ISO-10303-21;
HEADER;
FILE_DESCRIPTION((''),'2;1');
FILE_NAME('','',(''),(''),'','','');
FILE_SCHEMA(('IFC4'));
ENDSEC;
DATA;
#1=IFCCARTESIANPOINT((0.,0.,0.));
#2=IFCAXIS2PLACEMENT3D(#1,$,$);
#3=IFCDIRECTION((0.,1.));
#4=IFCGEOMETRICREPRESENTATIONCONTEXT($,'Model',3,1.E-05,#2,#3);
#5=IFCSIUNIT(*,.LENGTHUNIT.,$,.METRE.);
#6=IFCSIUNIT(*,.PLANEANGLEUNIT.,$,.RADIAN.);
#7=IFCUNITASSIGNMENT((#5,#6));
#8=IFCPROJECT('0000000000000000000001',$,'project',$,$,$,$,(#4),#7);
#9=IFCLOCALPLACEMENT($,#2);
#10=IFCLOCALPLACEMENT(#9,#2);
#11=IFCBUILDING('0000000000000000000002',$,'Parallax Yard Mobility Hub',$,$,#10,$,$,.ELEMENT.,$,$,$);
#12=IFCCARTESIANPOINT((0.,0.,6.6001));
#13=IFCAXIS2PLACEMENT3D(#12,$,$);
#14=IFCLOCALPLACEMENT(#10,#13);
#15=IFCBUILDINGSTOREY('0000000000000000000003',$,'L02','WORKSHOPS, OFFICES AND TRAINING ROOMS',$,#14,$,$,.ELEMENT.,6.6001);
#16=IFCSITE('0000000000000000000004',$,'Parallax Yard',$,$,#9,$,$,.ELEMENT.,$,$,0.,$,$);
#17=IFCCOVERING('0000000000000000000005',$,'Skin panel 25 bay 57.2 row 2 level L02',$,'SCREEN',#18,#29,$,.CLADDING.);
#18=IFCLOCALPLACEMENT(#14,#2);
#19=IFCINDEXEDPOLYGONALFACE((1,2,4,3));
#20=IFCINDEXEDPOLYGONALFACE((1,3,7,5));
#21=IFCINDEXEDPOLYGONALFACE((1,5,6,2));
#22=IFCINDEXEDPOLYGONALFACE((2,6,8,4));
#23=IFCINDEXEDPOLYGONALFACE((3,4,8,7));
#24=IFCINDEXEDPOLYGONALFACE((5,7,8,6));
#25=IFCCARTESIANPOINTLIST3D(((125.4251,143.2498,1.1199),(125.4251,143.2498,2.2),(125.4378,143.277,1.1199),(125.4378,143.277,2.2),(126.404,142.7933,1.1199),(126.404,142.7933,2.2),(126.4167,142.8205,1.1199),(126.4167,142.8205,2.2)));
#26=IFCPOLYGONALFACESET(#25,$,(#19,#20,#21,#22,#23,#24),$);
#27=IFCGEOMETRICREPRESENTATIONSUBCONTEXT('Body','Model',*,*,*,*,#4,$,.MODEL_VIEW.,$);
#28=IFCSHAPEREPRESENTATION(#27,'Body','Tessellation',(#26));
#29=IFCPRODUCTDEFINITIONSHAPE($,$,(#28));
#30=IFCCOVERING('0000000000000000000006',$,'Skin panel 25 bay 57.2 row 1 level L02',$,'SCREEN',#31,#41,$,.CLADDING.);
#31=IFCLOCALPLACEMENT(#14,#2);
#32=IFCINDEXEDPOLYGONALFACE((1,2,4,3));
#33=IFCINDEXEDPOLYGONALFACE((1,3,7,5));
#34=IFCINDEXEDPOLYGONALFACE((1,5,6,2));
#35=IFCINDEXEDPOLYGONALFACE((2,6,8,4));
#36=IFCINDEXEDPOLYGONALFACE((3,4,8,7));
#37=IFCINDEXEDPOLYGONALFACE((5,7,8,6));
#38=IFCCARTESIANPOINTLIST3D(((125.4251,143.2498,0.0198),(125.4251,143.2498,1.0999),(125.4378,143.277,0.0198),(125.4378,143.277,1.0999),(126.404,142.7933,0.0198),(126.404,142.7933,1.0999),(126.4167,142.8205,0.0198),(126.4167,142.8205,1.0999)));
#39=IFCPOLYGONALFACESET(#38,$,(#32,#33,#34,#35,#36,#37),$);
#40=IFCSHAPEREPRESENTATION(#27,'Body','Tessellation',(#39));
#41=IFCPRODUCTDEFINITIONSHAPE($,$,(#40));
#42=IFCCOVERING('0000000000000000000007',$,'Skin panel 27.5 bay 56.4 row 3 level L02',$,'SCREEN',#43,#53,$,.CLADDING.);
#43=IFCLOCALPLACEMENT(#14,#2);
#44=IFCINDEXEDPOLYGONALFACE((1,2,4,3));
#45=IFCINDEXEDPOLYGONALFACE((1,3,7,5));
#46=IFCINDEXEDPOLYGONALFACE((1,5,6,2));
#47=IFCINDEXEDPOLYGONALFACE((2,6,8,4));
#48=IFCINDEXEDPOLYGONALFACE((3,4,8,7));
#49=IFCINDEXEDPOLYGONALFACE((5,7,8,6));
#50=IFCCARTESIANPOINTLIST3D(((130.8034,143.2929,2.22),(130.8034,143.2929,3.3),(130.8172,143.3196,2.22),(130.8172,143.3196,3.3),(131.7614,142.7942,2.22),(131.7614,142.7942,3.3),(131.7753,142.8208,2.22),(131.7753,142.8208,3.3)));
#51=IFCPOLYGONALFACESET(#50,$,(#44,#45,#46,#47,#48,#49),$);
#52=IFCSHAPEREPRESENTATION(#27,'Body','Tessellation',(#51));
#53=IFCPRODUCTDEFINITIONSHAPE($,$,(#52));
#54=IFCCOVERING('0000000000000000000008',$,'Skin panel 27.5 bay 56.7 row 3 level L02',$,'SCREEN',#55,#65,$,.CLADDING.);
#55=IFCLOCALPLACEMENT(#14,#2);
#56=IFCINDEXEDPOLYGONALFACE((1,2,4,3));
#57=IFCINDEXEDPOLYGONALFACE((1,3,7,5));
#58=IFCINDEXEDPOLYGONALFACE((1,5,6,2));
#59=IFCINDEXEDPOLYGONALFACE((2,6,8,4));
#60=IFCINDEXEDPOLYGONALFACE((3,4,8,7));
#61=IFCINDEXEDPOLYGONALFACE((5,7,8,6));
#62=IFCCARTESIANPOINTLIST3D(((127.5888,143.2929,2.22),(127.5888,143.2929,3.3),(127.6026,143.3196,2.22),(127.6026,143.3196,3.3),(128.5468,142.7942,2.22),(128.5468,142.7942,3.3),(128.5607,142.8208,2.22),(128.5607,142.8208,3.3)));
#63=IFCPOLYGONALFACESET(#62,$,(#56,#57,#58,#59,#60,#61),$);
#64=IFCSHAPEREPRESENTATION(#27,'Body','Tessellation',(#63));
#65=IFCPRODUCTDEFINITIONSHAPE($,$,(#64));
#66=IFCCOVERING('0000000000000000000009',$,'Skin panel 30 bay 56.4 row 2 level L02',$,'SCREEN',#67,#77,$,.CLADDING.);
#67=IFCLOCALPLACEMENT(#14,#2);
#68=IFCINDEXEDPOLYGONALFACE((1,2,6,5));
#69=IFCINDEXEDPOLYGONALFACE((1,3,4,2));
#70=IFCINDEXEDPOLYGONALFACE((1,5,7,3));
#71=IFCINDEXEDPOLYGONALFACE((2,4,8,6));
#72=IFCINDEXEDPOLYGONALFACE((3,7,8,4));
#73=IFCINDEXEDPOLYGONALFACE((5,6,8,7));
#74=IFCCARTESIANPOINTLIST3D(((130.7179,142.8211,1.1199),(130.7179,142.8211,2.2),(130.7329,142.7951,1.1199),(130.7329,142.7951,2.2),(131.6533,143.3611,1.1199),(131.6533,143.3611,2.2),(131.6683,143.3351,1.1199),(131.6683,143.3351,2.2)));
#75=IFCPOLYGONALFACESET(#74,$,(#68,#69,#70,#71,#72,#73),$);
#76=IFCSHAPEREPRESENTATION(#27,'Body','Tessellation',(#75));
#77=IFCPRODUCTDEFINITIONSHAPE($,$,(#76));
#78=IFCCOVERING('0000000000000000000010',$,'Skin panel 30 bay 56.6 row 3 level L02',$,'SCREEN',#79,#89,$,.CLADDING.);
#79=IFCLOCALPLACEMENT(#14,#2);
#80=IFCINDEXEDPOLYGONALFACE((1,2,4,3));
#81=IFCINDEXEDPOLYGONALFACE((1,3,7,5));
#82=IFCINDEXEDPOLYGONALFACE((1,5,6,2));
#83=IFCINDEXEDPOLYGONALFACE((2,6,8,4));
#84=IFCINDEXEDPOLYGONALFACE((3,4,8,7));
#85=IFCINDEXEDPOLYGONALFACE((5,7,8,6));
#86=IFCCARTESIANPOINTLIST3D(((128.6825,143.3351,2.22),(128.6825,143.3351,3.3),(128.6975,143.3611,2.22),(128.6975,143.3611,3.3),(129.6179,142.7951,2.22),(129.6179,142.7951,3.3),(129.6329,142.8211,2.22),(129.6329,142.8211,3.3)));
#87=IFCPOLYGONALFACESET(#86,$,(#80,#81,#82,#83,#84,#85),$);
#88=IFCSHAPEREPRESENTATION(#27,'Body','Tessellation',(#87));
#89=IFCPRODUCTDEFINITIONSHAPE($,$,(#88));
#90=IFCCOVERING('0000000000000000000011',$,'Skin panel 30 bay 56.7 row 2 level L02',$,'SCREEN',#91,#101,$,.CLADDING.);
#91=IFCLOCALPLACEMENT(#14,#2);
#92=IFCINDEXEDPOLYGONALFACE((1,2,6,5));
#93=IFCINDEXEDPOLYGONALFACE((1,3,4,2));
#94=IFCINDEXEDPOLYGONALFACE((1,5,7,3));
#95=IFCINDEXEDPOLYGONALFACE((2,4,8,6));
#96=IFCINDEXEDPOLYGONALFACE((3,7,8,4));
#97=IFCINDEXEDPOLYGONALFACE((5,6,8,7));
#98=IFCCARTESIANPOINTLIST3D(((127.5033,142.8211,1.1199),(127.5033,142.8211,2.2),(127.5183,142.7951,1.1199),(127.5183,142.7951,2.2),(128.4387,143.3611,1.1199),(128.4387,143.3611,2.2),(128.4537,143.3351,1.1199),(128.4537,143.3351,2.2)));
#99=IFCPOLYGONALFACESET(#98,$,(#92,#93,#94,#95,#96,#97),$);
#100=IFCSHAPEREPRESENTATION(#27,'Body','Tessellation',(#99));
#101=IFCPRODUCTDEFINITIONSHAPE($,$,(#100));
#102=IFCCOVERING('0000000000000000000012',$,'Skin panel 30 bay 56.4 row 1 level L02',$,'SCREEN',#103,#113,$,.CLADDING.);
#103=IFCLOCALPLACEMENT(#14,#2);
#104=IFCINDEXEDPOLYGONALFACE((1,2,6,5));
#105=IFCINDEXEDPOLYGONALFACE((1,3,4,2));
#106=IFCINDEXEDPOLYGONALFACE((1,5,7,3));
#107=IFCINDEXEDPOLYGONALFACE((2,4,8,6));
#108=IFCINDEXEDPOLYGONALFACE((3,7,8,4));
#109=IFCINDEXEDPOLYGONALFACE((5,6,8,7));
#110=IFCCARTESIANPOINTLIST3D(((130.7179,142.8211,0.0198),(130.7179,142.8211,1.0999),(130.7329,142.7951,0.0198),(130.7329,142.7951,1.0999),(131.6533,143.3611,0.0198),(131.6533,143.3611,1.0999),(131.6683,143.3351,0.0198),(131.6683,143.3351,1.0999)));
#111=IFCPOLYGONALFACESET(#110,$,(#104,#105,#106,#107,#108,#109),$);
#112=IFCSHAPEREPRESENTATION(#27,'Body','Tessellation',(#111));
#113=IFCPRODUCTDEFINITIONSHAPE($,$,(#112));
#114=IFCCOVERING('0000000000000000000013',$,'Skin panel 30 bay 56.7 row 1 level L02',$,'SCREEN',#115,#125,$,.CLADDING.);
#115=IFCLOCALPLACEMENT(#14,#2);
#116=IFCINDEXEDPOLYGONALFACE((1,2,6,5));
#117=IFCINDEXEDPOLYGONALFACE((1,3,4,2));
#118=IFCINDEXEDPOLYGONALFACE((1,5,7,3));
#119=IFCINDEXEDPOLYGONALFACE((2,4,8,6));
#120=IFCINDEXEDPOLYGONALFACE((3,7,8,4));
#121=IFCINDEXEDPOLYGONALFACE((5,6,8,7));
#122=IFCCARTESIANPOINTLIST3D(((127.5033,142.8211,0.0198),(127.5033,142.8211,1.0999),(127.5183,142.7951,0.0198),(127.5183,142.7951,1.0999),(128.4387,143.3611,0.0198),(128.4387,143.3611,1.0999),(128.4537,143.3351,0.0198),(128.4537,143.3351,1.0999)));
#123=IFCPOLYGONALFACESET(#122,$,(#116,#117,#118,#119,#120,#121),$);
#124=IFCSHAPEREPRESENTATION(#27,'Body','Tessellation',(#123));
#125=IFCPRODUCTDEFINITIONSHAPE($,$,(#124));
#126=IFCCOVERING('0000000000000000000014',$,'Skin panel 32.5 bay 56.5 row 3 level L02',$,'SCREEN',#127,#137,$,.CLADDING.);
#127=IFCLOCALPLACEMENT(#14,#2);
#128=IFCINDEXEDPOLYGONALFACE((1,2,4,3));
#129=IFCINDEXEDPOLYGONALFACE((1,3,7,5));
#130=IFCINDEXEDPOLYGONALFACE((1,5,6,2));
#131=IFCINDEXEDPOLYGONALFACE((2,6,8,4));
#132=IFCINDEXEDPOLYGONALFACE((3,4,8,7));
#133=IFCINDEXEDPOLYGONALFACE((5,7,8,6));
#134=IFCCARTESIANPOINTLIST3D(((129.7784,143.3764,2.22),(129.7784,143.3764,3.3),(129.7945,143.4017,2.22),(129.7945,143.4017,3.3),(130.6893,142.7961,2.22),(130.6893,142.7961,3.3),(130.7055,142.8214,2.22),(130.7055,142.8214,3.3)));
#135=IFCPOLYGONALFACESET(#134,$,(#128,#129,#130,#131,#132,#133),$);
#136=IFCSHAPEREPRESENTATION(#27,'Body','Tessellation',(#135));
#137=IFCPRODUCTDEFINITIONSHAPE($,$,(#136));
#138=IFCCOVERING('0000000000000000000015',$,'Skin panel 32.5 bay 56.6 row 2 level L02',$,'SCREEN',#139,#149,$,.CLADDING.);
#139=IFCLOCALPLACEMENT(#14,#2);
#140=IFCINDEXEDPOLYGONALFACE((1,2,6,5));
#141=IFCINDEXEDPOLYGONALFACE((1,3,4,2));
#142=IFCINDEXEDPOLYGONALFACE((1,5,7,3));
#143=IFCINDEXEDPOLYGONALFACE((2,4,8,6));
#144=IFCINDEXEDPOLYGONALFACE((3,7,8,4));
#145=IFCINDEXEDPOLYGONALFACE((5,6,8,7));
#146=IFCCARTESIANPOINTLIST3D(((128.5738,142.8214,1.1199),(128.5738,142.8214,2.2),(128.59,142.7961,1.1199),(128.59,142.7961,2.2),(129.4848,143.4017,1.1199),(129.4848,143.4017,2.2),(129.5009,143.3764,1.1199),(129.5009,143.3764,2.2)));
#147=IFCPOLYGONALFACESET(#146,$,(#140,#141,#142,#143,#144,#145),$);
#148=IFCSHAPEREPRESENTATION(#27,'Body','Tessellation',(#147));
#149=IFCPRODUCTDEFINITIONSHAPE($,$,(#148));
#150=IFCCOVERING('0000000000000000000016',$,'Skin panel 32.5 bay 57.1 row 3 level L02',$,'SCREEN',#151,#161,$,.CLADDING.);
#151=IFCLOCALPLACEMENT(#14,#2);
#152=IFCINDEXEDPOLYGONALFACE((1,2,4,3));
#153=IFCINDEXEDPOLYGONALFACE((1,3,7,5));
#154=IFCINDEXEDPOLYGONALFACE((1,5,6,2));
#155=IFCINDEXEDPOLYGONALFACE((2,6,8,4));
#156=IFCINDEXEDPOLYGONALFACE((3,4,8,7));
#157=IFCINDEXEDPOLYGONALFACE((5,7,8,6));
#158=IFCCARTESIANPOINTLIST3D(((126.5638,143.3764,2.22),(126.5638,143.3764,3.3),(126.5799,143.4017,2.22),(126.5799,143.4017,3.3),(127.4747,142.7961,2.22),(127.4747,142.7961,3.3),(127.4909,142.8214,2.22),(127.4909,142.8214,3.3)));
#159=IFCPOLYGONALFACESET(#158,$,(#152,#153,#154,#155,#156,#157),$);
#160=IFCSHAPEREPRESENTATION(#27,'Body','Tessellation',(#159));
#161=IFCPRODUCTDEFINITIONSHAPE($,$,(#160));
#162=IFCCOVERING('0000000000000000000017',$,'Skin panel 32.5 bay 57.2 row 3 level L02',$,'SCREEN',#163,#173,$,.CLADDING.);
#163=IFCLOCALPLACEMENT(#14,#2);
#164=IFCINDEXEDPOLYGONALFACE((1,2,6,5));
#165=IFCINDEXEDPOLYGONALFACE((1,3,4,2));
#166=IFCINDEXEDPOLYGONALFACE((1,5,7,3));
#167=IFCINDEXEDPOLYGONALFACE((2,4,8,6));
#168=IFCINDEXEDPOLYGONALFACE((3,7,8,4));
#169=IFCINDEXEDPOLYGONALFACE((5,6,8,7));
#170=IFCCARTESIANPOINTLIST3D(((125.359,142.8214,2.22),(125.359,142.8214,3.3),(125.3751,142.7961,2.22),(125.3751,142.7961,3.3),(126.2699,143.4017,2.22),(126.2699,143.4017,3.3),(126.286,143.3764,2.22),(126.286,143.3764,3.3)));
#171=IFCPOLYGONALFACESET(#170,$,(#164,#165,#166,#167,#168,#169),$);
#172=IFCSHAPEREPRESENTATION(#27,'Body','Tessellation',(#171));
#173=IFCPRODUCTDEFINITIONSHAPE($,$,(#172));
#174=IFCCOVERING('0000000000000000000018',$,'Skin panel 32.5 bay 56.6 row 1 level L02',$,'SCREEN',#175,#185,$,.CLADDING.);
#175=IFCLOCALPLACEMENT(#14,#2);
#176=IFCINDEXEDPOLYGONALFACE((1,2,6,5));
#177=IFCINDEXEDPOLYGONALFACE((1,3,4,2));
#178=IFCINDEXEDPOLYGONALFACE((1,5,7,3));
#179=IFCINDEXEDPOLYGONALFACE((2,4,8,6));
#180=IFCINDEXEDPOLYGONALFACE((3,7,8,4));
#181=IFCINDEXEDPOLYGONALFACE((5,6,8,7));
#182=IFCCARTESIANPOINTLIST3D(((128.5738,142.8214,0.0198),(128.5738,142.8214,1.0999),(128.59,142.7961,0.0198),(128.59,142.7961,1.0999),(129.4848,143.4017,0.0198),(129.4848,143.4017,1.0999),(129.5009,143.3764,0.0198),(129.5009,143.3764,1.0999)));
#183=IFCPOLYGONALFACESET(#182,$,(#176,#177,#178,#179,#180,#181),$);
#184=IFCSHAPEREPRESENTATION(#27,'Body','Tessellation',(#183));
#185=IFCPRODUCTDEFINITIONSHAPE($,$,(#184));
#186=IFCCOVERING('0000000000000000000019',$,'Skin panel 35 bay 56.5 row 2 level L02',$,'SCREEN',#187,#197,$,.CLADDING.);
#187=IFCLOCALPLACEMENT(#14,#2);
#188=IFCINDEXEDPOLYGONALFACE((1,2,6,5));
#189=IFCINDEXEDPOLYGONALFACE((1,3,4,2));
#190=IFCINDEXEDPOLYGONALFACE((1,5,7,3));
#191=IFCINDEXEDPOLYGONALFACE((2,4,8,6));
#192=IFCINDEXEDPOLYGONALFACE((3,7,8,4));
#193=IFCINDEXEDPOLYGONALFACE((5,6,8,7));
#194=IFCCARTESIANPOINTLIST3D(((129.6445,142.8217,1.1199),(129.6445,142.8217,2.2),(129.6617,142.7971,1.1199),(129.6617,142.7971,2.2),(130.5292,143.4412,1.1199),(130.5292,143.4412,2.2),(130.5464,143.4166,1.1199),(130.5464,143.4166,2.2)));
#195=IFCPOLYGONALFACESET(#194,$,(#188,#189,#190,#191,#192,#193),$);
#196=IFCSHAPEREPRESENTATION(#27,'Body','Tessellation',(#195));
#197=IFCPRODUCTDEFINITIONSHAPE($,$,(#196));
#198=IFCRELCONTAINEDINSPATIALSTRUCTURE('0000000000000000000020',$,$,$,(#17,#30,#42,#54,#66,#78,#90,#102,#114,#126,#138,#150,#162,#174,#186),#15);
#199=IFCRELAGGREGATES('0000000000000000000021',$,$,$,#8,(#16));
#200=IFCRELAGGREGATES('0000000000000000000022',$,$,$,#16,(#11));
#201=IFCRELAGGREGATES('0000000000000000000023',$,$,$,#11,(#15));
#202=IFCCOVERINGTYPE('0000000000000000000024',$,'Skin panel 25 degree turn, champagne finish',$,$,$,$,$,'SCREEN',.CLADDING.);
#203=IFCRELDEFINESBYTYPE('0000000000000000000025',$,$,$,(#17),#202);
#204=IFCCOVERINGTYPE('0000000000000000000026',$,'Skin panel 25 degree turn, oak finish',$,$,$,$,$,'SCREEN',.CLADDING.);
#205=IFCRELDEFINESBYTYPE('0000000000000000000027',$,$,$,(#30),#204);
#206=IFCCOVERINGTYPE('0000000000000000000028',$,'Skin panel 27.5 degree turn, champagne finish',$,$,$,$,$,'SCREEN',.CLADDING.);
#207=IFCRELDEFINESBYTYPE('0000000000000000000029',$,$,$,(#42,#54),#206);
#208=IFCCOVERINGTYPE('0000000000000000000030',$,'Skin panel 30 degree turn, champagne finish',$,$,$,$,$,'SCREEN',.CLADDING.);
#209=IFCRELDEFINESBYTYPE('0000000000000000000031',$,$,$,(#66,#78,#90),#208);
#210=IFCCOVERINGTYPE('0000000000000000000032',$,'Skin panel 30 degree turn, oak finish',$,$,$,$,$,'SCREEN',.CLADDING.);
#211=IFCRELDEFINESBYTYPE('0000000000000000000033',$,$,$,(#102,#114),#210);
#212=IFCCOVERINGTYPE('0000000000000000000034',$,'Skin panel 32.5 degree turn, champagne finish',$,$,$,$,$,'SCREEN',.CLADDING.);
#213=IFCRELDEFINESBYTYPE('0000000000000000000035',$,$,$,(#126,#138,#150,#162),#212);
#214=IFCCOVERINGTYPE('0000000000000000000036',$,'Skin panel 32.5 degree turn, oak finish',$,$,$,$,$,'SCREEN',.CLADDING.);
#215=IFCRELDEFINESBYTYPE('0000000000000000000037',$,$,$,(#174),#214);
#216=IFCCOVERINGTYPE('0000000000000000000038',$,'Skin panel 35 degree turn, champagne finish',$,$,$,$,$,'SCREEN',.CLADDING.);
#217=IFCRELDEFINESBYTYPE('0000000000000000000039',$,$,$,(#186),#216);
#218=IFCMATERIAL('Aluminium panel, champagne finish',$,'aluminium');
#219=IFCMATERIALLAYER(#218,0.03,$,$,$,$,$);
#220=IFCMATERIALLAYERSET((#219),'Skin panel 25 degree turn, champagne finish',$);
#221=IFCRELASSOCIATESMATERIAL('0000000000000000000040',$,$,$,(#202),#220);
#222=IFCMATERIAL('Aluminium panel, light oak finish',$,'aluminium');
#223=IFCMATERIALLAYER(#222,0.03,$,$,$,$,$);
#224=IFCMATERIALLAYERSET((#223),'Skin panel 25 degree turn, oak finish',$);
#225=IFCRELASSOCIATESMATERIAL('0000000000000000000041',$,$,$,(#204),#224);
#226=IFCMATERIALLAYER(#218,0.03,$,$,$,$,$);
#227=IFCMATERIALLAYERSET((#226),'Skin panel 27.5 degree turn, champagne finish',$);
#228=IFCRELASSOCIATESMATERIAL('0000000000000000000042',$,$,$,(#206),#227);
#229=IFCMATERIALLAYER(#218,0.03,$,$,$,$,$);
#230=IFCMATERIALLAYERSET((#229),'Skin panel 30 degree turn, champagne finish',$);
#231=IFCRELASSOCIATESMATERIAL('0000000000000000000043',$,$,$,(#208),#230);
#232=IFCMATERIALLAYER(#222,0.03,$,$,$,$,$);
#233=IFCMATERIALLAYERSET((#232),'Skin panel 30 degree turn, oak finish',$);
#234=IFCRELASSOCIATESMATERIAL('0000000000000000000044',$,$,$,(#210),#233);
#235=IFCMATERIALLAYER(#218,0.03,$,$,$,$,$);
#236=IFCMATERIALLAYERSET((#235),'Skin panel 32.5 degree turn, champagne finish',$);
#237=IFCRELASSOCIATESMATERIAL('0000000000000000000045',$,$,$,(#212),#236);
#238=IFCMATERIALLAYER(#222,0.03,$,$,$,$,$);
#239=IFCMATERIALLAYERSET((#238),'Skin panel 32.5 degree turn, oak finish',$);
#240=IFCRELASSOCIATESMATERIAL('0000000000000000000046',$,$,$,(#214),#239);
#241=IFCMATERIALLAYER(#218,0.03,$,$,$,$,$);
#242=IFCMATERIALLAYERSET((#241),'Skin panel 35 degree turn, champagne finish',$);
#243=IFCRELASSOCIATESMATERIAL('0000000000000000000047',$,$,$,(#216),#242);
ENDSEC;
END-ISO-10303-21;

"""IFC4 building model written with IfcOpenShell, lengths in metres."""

from ifc_helpers import new_model, si_unit, direction, frame, origin, origin_2d, place, context, subcontext, project, spatial, rectangle, extrude, material, layer, layer_set, type_object, element, save


model = new_model("IFC4")

# Units and contexts
model_context = context("Model", 3, precision=1e-05, world=origin(), true_north=direction((0.0, 1.0)))
body_context = subcontext(model_context, "Body", "Model", "MODEL_VIEW")
ifc_project = project(units=[si_unit("LENGTHUNIT", "METRE"), si_unit("PLANEANGLEUNIT", "RADIAN")], contexts=[model_context])

# Site, building, storey
site_placement = place(None, origin())
site = spatial("IfcSite", under=ifc_project, at=site_placement, Name="Parallax Yard", CompositionType="ELEMENT", RefElevation=0.0)
building_placement = place(site_placement, origin())
building = spatial("IfcBuilding", under=site, at=building_placement, Name="Parallax Yard Mobility Hub", CompositionType="ELEMENT")
storey_placement = place(building_placement, frame((0.0, 0.0, 6.6001)))
storey = spatial("IfcBuildingStorey", under=building, at=storey_placement, Name="L02", Description="WORKSHOPS, OFFICES AND TRAINING ROOMS", CompositionType="ELEMENT", Elevation=6.6001)

# Coverings
ifc_material_1 = material(Name="Aluminium panel, champagne finish", Category="aluminium")
ifc_layer_1 = layer(ifc_material_1, 0.03)
ifc_layer_set_1 = layer_set([ifc_layer_1], Name="Skin panel 25 degree turn, champagne finish")
covering_type_1 = type_object("IfcCoveringType", Name="Skin panel 25 degree turn, champagne finish", ElementType="SCREEN", PredefinedType="CLADDING", material=ifc_layer_set_1)
covering_1_placement = place(storey_placement, frame((125.9209, 143.0352, 1.1199), z_axis=(0.0, 0.0, 1.0), x_axis=(-0.906308, 0.422618, 0.0)))
element("IfcCovering", 1, at=covering_1_placement, inside=storey, type_object=covering_type_1, Name="Skin panel 25 bay 57.2 row 2 level L02", ObjectType="SCREEN", PredefinedType="CLADDING", context=body_context, shape_type="SweptSolid", body=[
    extrude(rectangle(XDim=1.0801, YDim=0.03, at=origin_2d()), origin(), (0.0, 0.0, 1.0), 1.0801),
])
ifc_material_2 = material(Name="Aluminium panel, light oak finish", Category="aluminium")
ifc_layer_2 = layer(ifc_material_2, 0.03)
ifc_layer_set_2 = layer_set([ifc_layer_2], Name="Skin panel 25 degree turn, oak finish")
covering_type_2 = type_object("IfcCoveringType", Name="Skin panel 25 degree turn, oak finish", ElementType="SCREEN", PredefinedType="CLADDING", material=ifc_layer_set_2)
covering_2_placement = place(storey_placement, frame((125.9209, 143.0352, 0.0198), z_axis=(0.0, 0.0, 1.0), x_axis=(-0.906308, 0.422618, 0.0)))
element("IfcCovering", 2, at=covering_2_placement, inside=storey, type_object=covering_type_2, Name="Skin panel 25 bay 57.2 row 1 level L02", ObjectType="SCREEN", PredefinedType="CLADDING", context=body_context, shape_type="SweptSolid", body=[
    extrude(rectangle(XDim=1.0801, YDim=0.03, at=origin_2d()), origin(), (0.0, 0.0, 1.0), 1.0801),
])
ifc_layer_3 = layer(ifc_material_1, 0.03)
ifc_layer_set_3 = layer_set([ifc_layer_3], Name="Skin panel 27.5 degree turn, champagne finish")
covering_type_3 = type_object("IfcCoveringType", Name="Skin panel 27.5 degree turn, champagne finish", ElementType="SCREEN", PredefinedType="CLADDING", material=ifc_layer_set_3)
for number, where, z_axis, x_axis, name in (
    (3, (131.2893, 143.0569, 2.22), (0.0, 0.0, 1.0), (-0.887011, 0.461749, 0.0), "Skin panel 27.5 bay 56.4 row 3 level L02"),
    (4, (128.0747, 143.0569, 2.22), (0.0, 0.0, 1.0), (-0.887011, 0.461749, 0.0), "Skin panel 27.5 bay 56.7 row 3 level L02"),
):
    element("IfcCovering", number, at=place(storey_placement, frame(where, z_axis=z_axis, x_axis=x_axis)), inside=storey, type_object=covering_type_3, Name=name, ObjectType="SCREEN", PredefinedType="CLADDING", context=body_context, shape_type="SweptSolid", body=[
        extrude(rectangle(XDim=1.0801, YDim=0.03, at=origin_2d()), origin(), (0.0, 0.0, 1.0), 1.0801),
    ])
ifc_layer_4 = layer(ifc_material_1, 0.03)
ifc_layer_set_4 = layer_set([ifc_layer_4], Name="Skin panel 30 degree turn, champagne finish")
covering_type_4 = type_object("IfcCoveringType", Name="Skin panel 30 degree turn, champagne finish", ElementType="SCREEN", PredefinedType="CLADDING", material=ifc_layer_set_4)
for number, where, z_axis, x_axis, name in (
    (5, (131.1931, 143.0781, 1.1199), (0.0, 0.0, 1.0), (0.866025, 0.5, 0.0), "Skin panel 30 bay 56.4 row 2 level L02"),
    (6, (129.1577, 143.0781, 2.22), (0.0, 0.0, 1.0), (-0.866025, 0.5, 0.0), "Skin panel 30 bay 56.6 row 3 level L02"),
    (7, (127.9785, 143.0781, 1.1199), (0.0, 0.0, 1.0), (0.866025, 0.5, 0.0), "Skin panel 30 bay 56.7 row 2 level L02"),
):
    element("IfcCovering", number, at=place(storey_placement, frame(where, z_axis=z_axis, x_axis=x_axis)), inside=storey, type_object=covering_type_4, Name=name, ObjectType="SCREEN", PredefinedType="CLADDING", context=body_context, shape_type="SweptSolid", body=[
        extrude(rectangle(XDim=1.0801, YDim=0.03, at=origin_2d()), origin(), (0.0, 0.0, 1.0), 1.0801),
    ])
ifc_layer_5 = layer(ifc_material_2, 0.03)
ifc_layer_set_5 = layer_set([ifc_layer_5], Name="Skin panel 30 degree turn, oak finish")
covering_type_5 = type_object("IfcCoveringType", Name="Skin panel 30 degree turn, oak finish", ElementType="SCREEN", PredefinedType="CLADDING", material=ifc_layer_set_5)
for number, where, z_axis, x_axis, name in (
    (8, (131.1931, 143.0781, 0.0198), (0.0, 0.0, 1.0), (0.866025, 0.5, 0.0), "Skin panel 30 bay 56.4 row 1 level L02"),
    (9, (127.9785, 143.0781, 0.0198), (0.0, 0.0, 1.0), (0.866025, 0.5, 0.0), "Skin panel 30 bay 56.7 row 1 level L02"),
):
    element("IfcCovering", number, at=place(storey_placement, frame(where, z_axis=z_axis, x_axis=x_axis)), inside=storey, type_object=covering_type_5, Name=name, ObjectType="SCREEN", PredefinedType="CLADDING", context=body_context, shape_type="SweptSolid", body=[
        extrude(rectangle(XDim=1.0801, YDim=0.03, at=origin_2d()), origin(), (0.0, 0.0, 1.0), 1.0801),
    ])
ifc_layer_6 = layer(ifc_material_1, 0.03)
ifc_layer_set_6 = layer_set([ifc_layer_6], Name="Skin panel 32.5 degree turn, champagne finish")
covering_type_6 = type_object("IfcCoveringType", Name="Skin panel 32.5 degree turn, champagne finish", ElementType="SCREEN", PredefinedType="CLADDING", material=ifc_layer_set_6)
for number, where, z_axis, x_axis, name in (
    (10, (130.2419, 143.0989, 2.22), (0.0, 0.0, 1.0), (-0.843391, 0.5373, 0.0), "Skin panel 32.5 bay 56.5 row 3 level L02"),
    (11, (129.0374, 143.0989, 1.1199), (0.0, 0.0, 1.0), (0.843391, 0.5373, 0.0), "Skin panel 32.5 bay 56.6 row 2 level L02"),
    (12, (127.0273, 143.0989, 2.22), (0.0, 0.0, 1.0), (-0.843391, 0.5373, 0.0), "Skin panel 32.5 bay 57.1 row 3 level L02"),
    (13, (125.8225, 143.0989, 2.22), (0.0, 0.0, 1.0), (0.843391, 0.5373, 0.0), "Skin panel 32.5 bay 57.2 row 3 level L02"),
):
    element("IfcCovering", number, at=place(storey_placement, frame(where, z_axis=z_axis, x_axis=x_axis)), inside=storey, type_object=covering_type_6, Name=name, ObjectType="SCREEN", PredefinedType="CLADDING", context=body_context, shape_type="SweptSolid", body=[
        extrude(rectangle(XDim=1.0801, YDim=0.03, at=origin_2d()), origin(), (0.0, 0.0, 1.0), 1.0801),
    ])
ifc_layer_7 = layer(ifc_material_2, 0.03)
ifc_layer_set_7 = layer_set([ifc_layer_7], Name="Skin panel 32.5 degree turn, oak finish")
covering_type_7 = type_object("IfcCoveringType", Name="Skin panel 32.5 degree turn, oak finish", ElementType="SCREEN", PredefinedType="CLADDING", material=ifc_layer_set_7)
covering_3_placement = place(storey_placement, frame((129.0374, 143.0989, 0.0198), z_axis=(0.0, 0.0, 1.0), x_axis=(0.843391, 0.5373, 0.0)))
element("IfcCovering", 14, at=covering_3_placement, inside=storey, type_object=covering_type_7, Name="Skin panel 32.5 bay 56.6 row 1 level L02", ObjectType="SCREEN", PredefinedType="CLADDING", context=body_context, shape_type="SweptSolid", body=[
    extrude(rectangle(XDim=1.0801, YDim=0.03, at=origin_2d()), origin(), (0.0, 0.0, 1.0), 1.0801),
])
ifc_layer_8 = layer(ifc_material_1, 0.03)
ifc_layer_set_8 = layer_set([ifc_layer_8], Name="Skin panel 35 degree turn, champagne finish")
covering_type_8 = type_object("IfcCoveringType", Name="Skin panel 35 degree turn, champagne finish", ElementType="SCREEN", PredefinedType="CLADDING", material=ifc_layer_set_8)
for number, where, z_axis, x_axis, name in (
    (15, (130.0955, 143.1191, 1.1199), (0.0, 0.0, 1.0), (0.819152, 0.573576, 0.0), "Skin panel 35 bay 56.5 row 2 level L02"),
):
    element("IfcCovering", number, at=place(storey_placement, frame(where, z_axis=z_axis, x_axis=x_axis)), inside=storey, type_object=covering_type_8, Name=name, ObjectType="SCREEN", PredefinedType="CLADDING", context=body_context, shape_type="SweptSolid", body=[
        extrude(rectangle(XDim=1.0801, YDim=0.03, at=origin_2d()), origin(), (0.0, 0.0, 1.0), 1.0801),
    ])

save(model, "model.ifc")
